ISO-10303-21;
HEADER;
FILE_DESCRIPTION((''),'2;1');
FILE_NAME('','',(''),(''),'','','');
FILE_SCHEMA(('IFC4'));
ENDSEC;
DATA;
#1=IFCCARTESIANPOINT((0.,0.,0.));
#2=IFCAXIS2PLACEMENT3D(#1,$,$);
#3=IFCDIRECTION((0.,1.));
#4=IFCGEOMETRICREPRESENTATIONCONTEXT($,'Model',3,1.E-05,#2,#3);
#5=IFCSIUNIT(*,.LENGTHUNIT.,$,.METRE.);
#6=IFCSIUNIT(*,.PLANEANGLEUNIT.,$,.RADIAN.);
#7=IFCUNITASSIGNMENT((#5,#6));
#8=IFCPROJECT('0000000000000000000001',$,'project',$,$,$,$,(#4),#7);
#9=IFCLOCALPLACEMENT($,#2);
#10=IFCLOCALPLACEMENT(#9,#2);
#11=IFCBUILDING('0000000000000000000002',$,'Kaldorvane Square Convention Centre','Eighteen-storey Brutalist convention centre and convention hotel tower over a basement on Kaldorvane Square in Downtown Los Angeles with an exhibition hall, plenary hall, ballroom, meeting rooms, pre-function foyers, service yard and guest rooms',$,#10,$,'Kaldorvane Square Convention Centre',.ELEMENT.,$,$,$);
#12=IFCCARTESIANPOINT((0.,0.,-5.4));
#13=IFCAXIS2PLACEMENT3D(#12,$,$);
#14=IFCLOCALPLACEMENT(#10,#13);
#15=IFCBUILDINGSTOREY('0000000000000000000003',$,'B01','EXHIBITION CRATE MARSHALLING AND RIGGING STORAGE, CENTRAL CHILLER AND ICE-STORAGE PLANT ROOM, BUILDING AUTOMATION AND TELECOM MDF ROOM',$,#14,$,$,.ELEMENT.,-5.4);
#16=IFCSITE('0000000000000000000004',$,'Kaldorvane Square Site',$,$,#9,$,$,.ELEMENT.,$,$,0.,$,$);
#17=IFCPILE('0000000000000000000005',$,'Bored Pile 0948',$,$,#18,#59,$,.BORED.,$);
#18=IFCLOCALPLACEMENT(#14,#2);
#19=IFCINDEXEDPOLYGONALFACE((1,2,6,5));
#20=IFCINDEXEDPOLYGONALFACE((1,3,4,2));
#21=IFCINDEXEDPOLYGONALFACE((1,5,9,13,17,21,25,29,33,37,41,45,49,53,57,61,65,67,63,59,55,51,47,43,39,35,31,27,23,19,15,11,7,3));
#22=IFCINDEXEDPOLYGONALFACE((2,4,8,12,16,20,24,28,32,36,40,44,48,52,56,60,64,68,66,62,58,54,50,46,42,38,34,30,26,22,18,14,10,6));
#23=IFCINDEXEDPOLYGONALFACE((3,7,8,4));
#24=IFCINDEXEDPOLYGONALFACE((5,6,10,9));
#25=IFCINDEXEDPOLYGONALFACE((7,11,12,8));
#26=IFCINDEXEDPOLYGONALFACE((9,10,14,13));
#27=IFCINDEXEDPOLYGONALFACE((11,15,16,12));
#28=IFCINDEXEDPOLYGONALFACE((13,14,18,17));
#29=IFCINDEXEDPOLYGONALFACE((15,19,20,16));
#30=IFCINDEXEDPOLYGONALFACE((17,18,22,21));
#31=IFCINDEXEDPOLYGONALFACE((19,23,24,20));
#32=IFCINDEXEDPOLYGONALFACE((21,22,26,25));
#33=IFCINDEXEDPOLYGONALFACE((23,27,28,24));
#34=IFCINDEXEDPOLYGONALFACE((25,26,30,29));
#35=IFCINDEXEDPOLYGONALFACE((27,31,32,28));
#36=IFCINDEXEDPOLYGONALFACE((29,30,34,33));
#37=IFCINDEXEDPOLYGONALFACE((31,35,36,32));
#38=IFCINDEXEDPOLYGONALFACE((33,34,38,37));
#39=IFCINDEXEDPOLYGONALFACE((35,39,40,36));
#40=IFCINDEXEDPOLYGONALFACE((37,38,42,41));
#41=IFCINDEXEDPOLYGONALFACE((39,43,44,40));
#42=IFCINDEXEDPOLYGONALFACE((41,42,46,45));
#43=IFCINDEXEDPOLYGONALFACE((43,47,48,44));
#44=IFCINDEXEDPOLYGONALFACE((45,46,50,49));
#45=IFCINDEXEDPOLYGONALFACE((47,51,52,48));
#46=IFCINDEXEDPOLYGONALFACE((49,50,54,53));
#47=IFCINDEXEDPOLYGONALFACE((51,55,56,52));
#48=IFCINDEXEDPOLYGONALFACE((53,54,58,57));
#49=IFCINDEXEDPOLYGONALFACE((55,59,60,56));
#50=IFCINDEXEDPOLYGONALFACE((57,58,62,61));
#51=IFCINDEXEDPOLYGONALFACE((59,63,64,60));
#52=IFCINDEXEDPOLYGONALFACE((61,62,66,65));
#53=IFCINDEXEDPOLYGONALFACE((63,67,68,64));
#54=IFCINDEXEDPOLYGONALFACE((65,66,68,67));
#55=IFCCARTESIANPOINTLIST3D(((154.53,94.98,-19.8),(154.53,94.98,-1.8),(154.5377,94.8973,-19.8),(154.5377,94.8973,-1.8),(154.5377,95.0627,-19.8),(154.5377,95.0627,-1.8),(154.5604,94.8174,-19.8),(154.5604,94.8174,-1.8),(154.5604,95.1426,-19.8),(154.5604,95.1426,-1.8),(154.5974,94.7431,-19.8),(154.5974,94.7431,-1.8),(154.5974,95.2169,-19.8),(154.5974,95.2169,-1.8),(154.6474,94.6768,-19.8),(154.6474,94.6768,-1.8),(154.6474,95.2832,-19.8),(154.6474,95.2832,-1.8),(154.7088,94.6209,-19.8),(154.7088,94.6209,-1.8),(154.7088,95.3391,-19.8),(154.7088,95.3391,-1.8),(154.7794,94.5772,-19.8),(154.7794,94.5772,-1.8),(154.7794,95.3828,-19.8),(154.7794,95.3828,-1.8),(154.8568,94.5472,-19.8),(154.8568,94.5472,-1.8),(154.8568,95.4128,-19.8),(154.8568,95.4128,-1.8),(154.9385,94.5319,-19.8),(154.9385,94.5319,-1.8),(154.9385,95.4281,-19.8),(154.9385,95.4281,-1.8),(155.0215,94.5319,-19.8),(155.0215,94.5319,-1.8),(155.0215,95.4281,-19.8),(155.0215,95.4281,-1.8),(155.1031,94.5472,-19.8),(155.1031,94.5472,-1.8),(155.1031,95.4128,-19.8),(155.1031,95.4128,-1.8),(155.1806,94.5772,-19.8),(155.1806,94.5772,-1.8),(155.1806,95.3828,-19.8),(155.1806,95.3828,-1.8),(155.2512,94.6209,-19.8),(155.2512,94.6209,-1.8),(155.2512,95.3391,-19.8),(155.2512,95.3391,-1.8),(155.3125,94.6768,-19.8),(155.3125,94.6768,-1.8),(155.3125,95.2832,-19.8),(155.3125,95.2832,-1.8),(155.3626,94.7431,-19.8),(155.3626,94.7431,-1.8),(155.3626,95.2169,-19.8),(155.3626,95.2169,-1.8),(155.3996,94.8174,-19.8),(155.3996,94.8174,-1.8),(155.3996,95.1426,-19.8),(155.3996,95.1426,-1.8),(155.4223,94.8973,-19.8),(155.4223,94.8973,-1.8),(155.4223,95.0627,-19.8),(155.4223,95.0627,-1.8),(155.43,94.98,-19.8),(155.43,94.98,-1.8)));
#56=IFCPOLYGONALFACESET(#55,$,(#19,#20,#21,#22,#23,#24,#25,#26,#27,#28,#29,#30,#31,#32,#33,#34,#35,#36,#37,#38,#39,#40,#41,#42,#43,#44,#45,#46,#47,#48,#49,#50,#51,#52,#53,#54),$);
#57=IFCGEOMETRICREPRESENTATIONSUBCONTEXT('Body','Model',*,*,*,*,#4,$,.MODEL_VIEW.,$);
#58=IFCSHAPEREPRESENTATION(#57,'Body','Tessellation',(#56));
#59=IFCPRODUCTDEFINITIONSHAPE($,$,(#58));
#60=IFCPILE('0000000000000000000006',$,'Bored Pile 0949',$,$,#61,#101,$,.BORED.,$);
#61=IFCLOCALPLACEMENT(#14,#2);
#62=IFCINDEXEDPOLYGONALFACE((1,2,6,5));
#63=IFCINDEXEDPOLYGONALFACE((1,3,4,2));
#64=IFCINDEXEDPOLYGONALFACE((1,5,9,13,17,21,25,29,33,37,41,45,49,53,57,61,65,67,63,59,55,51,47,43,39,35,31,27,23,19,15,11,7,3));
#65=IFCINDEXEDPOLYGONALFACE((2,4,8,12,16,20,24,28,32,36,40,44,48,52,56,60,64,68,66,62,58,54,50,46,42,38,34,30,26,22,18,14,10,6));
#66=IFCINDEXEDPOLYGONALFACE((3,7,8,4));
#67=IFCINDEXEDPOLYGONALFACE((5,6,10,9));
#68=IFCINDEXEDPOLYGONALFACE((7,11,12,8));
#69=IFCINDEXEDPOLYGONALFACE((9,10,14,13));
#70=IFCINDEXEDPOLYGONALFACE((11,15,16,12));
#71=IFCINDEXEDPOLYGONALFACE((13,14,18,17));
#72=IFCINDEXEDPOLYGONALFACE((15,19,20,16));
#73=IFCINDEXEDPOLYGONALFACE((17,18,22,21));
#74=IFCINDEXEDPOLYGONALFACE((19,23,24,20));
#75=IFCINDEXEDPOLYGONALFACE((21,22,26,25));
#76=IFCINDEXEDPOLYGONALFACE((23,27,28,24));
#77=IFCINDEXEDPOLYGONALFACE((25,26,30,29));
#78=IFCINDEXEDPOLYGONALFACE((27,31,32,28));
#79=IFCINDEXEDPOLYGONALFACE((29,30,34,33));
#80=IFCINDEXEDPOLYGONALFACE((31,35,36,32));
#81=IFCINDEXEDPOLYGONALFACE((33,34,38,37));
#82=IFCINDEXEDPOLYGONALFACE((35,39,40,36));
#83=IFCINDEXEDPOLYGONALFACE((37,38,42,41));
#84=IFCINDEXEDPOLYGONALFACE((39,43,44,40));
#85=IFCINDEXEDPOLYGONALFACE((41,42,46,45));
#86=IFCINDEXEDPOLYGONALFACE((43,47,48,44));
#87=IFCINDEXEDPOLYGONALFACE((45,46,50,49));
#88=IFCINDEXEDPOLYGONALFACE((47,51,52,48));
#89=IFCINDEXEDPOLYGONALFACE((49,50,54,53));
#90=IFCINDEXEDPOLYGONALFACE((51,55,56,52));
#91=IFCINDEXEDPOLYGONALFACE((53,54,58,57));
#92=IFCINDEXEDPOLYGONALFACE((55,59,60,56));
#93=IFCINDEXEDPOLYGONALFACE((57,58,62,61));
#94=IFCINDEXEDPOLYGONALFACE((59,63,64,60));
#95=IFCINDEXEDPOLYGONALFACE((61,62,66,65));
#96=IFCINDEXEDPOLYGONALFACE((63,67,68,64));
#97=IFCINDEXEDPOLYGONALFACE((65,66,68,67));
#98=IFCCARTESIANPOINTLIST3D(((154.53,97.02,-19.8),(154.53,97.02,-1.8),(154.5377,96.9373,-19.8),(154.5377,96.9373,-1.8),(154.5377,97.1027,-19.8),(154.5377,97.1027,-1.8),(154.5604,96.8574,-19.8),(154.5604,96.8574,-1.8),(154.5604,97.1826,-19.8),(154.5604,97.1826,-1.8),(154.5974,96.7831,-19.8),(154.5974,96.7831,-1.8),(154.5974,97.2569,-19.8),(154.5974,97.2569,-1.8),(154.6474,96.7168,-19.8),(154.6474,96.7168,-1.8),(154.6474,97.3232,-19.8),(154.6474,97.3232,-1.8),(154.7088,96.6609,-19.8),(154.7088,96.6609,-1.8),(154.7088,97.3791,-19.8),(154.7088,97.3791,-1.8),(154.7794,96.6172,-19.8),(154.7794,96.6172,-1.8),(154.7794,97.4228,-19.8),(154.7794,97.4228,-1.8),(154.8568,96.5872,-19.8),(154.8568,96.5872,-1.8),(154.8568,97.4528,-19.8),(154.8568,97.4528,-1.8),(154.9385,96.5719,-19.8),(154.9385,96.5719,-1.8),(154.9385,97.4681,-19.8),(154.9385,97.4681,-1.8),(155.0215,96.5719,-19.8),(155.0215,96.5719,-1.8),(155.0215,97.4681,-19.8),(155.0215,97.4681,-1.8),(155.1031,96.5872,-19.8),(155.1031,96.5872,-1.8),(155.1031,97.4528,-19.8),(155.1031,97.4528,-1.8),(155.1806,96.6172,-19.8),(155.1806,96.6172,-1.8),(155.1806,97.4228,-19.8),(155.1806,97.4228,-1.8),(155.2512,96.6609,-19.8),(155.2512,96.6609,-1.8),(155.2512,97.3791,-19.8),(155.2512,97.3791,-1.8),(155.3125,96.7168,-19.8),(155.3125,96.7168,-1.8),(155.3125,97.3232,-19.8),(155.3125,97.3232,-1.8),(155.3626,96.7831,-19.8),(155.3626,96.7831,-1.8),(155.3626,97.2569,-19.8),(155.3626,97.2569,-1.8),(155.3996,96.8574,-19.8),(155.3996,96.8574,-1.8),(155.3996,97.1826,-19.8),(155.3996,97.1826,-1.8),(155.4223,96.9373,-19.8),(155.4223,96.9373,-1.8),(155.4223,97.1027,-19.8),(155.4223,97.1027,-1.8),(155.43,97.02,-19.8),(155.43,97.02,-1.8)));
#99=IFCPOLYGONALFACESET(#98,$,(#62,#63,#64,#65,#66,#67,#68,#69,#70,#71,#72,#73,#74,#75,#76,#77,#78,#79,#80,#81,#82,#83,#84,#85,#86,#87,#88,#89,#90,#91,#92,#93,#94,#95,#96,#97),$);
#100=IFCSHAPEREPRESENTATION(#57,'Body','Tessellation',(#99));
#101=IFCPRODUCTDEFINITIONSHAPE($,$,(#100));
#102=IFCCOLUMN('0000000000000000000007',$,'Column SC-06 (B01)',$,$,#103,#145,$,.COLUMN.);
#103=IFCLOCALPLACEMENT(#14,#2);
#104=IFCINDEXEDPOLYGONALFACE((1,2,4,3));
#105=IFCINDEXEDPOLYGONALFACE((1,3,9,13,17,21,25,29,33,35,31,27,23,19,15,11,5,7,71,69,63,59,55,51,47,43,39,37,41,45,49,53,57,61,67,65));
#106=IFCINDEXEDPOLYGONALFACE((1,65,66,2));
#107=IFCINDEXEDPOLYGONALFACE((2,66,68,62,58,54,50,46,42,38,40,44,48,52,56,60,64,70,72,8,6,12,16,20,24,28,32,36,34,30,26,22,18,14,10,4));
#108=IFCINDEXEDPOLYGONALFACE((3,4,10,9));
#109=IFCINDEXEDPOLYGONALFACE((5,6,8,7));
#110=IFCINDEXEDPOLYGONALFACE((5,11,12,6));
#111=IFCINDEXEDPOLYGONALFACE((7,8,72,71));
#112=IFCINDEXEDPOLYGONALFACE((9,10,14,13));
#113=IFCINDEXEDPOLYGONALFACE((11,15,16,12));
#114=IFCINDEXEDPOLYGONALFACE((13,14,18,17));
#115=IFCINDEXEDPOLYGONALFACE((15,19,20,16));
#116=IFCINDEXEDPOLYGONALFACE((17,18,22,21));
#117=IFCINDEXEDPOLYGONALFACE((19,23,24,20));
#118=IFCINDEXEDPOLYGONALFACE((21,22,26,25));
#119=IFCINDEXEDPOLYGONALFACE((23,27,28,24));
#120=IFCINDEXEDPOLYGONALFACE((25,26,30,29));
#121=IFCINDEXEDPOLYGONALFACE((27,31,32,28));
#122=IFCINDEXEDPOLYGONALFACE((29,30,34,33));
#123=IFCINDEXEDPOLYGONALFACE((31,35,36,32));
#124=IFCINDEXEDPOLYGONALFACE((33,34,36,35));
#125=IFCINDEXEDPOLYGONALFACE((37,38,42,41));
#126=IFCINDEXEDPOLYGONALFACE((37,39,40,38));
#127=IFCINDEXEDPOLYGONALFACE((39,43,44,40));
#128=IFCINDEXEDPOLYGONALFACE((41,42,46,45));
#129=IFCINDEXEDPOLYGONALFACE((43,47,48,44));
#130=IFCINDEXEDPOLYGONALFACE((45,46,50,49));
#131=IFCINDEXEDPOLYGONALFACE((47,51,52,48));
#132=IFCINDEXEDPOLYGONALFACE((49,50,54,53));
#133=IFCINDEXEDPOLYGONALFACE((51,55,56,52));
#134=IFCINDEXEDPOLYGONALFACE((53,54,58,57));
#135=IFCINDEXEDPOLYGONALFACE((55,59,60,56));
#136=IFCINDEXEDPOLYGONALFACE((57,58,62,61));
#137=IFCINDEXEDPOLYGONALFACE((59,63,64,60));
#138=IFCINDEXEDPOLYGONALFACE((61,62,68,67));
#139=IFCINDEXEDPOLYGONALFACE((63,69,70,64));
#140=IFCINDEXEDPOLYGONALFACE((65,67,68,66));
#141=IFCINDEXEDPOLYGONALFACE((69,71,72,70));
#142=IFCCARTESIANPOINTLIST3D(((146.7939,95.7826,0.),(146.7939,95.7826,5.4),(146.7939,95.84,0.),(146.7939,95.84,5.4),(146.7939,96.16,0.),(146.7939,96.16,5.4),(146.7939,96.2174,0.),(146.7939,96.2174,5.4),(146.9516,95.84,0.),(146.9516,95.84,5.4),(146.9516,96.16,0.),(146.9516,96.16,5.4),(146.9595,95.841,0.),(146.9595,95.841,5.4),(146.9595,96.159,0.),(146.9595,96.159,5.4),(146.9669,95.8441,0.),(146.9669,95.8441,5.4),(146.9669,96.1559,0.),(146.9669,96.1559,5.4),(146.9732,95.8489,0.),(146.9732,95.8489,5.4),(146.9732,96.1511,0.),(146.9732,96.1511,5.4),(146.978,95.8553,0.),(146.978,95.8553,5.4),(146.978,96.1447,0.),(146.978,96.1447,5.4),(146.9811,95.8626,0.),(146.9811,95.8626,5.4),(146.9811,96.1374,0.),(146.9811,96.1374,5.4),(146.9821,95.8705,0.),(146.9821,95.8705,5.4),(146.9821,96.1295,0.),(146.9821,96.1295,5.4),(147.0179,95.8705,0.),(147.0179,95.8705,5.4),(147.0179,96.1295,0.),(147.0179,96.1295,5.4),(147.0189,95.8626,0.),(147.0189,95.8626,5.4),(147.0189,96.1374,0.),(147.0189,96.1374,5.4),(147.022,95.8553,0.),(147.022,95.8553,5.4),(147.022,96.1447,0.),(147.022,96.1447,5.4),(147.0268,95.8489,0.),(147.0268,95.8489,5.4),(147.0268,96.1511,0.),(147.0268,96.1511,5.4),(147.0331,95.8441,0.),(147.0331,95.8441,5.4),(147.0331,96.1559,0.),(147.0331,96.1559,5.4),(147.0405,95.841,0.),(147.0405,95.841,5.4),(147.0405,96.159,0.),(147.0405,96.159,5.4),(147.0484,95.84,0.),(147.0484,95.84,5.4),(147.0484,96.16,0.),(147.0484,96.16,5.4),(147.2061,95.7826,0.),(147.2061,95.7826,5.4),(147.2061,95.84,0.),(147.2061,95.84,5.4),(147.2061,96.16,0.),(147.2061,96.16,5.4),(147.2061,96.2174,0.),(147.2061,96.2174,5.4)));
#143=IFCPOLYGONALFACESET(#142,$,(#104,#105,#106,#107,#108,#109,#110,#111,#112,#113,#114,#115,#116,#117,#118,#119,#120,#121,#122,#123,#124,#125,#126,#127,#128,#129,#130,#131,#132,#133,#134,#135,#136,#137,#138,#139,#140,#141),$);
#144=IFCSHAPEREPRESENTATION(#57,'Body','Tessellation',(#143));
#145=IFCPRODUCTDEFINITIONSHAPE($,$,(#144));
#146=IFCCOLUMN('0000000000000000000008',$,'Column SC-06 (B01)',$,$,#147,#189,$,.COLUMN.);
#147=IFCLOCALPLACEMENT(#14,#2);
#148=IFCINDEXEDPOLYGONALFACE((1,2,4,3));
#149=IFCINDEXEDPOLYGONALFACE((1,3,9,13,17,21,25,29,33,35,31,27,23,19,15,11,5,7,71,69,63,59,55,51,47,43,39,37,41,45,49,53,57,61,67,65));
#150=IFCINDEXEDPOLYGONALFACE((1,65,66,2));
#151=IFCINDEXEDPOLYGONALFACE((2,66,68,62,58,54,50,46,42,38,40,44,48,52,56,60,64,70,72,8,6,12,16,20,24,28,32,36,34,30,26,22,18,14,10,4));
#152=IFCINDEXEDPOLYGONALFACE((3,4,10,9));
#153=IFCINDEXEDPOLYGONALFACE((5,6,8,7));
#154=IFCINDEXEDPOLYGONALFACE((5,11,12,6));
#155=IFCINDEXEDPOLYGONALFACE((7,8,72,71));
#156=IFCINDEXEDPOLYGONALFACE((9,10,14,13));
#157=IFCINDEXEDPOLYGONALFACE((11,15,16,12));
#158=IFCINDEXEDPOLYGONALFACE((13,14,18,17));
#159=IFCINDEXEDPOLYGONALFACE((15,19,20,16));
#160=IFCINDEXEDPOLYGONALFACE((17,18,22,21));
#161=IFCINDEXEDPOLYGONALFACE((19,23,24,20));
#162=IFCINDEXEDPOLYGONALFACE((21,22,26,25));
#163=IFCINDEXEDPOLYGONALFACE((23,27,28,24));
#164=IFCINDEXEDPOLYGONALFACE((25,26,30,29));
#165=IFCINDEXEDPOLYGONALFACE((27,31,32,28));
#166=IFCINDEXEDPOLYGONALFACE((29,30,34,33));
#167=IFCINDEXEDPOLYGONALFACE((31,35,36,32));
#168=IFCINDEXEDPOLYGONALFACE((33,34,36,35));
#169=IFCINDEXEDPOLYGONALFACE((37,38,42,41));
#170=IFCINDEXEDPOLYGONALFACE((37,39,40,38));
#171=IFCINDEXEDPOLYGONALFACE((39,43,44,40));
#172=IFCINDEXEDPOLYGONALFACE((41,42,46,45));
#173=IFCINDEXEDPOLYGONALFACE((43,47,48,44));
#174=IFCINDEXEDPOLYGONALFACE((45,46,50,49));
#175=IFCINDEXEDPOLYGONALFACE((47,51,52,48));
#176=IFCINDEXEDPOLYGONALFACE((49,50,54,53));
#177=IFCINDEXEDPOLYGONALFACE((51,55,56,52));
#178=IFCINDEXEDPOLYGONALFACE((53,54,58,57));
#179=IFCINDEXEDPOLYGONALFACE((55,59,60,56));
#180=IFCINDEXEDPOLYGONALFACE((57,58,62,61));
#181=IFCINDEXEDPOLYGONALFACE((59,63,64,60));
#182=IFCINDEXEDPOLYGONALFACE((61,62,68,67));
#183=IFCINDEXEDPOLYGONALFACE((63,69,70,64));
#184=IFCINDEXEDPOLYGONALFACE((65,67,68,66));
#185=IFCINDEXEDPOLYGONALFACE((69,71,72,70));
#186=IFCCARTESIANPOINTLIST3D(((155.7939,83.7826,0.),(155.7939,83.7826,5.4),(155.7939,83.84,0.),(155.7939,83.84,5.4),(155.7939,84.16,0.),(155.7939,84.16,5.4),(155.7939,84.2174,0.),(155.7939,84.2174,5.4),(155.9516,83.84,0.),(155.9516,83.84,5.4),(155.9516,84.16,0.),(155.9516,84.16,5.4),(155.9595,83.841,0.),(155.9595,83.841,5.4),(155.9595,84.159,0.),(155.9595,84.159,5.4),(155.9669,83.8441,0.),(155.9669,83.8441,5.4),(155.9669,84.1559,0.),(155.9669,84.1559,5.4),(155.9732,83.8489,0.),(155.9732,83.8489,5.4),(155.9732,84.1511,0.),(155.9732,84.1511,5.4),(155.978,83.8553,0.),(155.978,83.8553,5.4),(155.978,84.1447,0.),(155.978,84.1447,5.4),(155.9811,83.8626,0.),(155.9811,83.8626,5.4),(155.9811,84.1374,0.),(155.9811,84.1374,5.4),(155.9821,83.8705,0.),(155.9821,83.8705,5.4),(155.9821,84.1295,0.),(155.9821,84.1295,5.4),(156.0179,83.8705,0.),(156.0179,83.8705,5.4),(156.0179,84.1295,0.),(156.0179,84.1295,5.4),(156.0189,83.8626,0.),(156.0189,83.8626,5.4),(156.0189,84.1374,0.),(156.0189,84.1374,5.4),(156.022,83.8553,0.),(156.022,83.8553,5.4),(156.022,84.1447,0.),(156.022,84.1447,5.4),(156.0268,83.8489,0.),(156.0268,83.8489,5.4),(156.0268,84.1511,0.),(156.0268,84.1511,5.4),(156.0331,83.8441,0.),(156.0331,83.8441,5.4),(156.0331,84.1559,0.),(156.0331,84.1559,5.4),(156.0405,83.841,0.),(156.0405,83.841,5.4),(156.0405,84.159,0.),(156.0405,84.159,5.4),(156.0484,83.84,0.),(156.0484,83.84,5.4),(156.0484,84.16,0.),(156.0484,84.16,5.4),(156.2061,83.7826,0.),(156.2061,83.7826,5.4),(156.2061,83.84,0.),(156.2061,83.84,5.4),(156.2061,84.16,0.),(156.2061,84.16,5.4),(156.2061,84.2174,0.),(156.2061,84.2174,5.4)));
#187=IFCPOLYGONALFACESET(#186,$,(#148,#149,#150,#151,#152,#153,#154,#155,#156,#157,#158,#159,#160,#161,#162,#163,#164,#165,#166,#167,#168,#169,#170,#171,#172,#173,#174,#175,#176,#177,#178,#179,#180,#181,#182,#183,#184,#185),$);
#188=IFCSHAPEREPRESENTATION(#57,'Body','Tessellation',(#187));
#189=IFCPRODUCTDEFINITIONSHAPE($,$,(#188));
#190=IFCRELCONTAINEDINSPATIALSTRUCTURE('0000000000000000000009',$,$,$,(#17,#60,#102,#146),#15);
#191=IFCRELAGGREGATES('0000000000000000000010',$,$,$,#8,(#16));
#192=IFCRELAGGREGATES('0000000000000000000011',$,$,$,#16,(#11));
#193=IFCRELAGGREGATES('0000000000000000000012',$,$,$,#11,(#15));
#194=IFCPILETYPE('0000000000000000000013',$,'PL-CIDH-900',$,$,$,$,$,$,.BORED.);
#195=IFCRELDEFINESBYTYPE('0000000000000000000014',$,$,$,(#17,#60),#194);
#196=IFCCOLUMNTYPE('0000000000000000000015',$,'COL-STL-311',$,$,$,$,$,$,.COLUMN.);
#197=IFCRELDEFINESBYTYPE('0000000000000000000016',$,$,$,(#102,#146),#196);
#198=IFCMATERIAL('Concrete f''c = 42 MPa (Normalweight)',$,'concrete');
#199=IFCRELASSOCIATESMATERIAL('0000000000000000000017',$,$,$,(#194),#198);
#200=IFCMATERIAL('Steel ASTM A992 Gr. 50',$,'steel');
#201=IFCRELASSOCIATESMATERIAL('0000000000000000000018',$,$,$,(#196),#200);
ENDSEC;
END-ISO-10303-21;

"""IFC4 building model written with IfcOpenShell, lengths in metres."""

from ifc_helpers import new_model, si_unit, direction, frame, origin, origin_2d, place, context, subcontext, project, spatial, circle, i_section, extrude, material, material_profile, profile_set, type_object, element, save


model = new_model("IFC4")

# Units and contexts
model_context = context("Model", 3, precision=1e-05, world=origin(), true_north=direction((0.0, 1.0)))
body_context = subcontext(model_context, "Body", "Model", "MODEL_VIEW")
ifc_project = project(units=[si_unit("LENGTHUNIT", "METRE"), si_unit("PLANEANGLEUNIT", "RADIAN")], contexts=[model_context])

# Site, building, storey
site_placement = place(None, origin())
site = spatial("IfcSite", under=ifc_project, at=site_placement, Name="Kaldorvane Square Site", CompositionType="ELEMENT", RefElevation=0.0)
building_placement = place(site_placement, origin())
building = spatial("IfcBuilding", under=site, at=building_placement, Name="Kaldorvane Square Convention Centre", Description="Eighteen-storey Brutalist convention centre and convention hotel tower over a basement on Kaldorvane Square in Downtown Los Angeles with an exhibition hall, plenary hall, ballroom, meeting rooms, pre-function foyers, service yard and guest rooms", LongName="Kaldorvane Square Convention Centre", CompositionType="ELEMENT")
storey_placement = place(building_placement, frame((0.0, 0.0, -5.4)))
storey = spatial("IfcBuildingStorey", under=building, at=storey_placement, Name="B01", Description="EXHIBITION CRATE MARSHALLING AND RIGGING STORAGE, CENTRAL CHILLER AND ICE-STORAGE PLANT ROOM, BUILDING AUTOMATION AND TELECOM MDF ROOM", CompositionType="ELEMENT", Elevation=-5.4)

# Shared definitions
ifc_material_1 = material(Name="Concrete f'c = 42 MPa (Normalweight)", Category="concrete")

# Piles
ifc_material_profile_1 = material_profile(ifc_material_1, circle(Radius=0.45, at=origin_2d()), Name="PILE-D900")
ifc_profile_set_1 = profile_set([ifc_material_profile_1], Name="Concrete f'c = 42 MPa (Normalweight)")
pile_type = type_object("IfcPileType", Name="PL-CIDH-900", PredefinedType="BORED", material=ifc_profile_set_1)
for number, where, z_axis, x_axis, name in (
    (1, (154.98, 94.98, -1.8), (0.0, 0.0, -1.0), (1.0, 0.0, 0.0), "Bored Pile 0948"),
    (2, (154.98, 97.02, -1.8), (0.0, 0.0, -1.0), (1.0, 0.0, 0.0), "Bored Pile 0949"),
):
    element("IfcPile", number, at=place(storey_placement, frame(where, z_axis=z_axis, x_axis=x_axis)), inside=storey, type_object=pile_type, Name=name, PredefinedType="BORED", context=body_context, shape_type="SweptSolid", body=[
        extrude(circle(Radius=0.45, at=origin_2d()), origin(), (0.0, 0.0, 1.0), 18.0),
    ])

# Columns
ifc_material_2 = material(Name="Steel ASTM A992 Gr. 50", Category="steel")
ifc_material_profile_2 = material_profile(ifc_material_2, i_section(OverallWidth=0.4122, OverallDepth=0.4348, WebThickness=0.0358, FlangeThickness=0.0574, FilletRadius=0.0305, at=origin_2d()), Name="W14X311")
ifc_profile_set_2 = profile_set([ifc_material_profile_2], Name="Steel ASTM A992 Gr. 50")
column_type = type_object("IfcColumnType", Name="COL-STL-311", PredefinedType="COLUMN", material=ifc_profile_set_2)
for number, where, z_axis, x_axis, name in (
    (3, (147.0, 96.0, 0.0), (0.0, 0.0, 1.0), (1.0, 0.0, 0.0), "Column SC-06 (B01)"),
    (4, (156.0, 84.0, 0.0), (0.0, 0.0, 1.0), (1.0, 0.0, 0.0), "Column SC-06 (B01)"),
):
    element("IfcColumn", number, at=place(storey_placement, frame(where, z_axis=z_axis, x_axis=x_axis)), inside=storey, type_object=column_type, Name=name, PredefinedType="COLUMN", context=body_context, shape_type="SweptSolid", body=[
        extrude(i_section(OverallWidth=0.4122, OverallDepth=0.4348, WebThickness=0.0358, FlangeThickness=0.0574, FilletRadius=0.0305, at=origin_2d()), origin(), (0.0, 0.0, 1.0), 5.4),
    ])

save(model, "model.ifc")
